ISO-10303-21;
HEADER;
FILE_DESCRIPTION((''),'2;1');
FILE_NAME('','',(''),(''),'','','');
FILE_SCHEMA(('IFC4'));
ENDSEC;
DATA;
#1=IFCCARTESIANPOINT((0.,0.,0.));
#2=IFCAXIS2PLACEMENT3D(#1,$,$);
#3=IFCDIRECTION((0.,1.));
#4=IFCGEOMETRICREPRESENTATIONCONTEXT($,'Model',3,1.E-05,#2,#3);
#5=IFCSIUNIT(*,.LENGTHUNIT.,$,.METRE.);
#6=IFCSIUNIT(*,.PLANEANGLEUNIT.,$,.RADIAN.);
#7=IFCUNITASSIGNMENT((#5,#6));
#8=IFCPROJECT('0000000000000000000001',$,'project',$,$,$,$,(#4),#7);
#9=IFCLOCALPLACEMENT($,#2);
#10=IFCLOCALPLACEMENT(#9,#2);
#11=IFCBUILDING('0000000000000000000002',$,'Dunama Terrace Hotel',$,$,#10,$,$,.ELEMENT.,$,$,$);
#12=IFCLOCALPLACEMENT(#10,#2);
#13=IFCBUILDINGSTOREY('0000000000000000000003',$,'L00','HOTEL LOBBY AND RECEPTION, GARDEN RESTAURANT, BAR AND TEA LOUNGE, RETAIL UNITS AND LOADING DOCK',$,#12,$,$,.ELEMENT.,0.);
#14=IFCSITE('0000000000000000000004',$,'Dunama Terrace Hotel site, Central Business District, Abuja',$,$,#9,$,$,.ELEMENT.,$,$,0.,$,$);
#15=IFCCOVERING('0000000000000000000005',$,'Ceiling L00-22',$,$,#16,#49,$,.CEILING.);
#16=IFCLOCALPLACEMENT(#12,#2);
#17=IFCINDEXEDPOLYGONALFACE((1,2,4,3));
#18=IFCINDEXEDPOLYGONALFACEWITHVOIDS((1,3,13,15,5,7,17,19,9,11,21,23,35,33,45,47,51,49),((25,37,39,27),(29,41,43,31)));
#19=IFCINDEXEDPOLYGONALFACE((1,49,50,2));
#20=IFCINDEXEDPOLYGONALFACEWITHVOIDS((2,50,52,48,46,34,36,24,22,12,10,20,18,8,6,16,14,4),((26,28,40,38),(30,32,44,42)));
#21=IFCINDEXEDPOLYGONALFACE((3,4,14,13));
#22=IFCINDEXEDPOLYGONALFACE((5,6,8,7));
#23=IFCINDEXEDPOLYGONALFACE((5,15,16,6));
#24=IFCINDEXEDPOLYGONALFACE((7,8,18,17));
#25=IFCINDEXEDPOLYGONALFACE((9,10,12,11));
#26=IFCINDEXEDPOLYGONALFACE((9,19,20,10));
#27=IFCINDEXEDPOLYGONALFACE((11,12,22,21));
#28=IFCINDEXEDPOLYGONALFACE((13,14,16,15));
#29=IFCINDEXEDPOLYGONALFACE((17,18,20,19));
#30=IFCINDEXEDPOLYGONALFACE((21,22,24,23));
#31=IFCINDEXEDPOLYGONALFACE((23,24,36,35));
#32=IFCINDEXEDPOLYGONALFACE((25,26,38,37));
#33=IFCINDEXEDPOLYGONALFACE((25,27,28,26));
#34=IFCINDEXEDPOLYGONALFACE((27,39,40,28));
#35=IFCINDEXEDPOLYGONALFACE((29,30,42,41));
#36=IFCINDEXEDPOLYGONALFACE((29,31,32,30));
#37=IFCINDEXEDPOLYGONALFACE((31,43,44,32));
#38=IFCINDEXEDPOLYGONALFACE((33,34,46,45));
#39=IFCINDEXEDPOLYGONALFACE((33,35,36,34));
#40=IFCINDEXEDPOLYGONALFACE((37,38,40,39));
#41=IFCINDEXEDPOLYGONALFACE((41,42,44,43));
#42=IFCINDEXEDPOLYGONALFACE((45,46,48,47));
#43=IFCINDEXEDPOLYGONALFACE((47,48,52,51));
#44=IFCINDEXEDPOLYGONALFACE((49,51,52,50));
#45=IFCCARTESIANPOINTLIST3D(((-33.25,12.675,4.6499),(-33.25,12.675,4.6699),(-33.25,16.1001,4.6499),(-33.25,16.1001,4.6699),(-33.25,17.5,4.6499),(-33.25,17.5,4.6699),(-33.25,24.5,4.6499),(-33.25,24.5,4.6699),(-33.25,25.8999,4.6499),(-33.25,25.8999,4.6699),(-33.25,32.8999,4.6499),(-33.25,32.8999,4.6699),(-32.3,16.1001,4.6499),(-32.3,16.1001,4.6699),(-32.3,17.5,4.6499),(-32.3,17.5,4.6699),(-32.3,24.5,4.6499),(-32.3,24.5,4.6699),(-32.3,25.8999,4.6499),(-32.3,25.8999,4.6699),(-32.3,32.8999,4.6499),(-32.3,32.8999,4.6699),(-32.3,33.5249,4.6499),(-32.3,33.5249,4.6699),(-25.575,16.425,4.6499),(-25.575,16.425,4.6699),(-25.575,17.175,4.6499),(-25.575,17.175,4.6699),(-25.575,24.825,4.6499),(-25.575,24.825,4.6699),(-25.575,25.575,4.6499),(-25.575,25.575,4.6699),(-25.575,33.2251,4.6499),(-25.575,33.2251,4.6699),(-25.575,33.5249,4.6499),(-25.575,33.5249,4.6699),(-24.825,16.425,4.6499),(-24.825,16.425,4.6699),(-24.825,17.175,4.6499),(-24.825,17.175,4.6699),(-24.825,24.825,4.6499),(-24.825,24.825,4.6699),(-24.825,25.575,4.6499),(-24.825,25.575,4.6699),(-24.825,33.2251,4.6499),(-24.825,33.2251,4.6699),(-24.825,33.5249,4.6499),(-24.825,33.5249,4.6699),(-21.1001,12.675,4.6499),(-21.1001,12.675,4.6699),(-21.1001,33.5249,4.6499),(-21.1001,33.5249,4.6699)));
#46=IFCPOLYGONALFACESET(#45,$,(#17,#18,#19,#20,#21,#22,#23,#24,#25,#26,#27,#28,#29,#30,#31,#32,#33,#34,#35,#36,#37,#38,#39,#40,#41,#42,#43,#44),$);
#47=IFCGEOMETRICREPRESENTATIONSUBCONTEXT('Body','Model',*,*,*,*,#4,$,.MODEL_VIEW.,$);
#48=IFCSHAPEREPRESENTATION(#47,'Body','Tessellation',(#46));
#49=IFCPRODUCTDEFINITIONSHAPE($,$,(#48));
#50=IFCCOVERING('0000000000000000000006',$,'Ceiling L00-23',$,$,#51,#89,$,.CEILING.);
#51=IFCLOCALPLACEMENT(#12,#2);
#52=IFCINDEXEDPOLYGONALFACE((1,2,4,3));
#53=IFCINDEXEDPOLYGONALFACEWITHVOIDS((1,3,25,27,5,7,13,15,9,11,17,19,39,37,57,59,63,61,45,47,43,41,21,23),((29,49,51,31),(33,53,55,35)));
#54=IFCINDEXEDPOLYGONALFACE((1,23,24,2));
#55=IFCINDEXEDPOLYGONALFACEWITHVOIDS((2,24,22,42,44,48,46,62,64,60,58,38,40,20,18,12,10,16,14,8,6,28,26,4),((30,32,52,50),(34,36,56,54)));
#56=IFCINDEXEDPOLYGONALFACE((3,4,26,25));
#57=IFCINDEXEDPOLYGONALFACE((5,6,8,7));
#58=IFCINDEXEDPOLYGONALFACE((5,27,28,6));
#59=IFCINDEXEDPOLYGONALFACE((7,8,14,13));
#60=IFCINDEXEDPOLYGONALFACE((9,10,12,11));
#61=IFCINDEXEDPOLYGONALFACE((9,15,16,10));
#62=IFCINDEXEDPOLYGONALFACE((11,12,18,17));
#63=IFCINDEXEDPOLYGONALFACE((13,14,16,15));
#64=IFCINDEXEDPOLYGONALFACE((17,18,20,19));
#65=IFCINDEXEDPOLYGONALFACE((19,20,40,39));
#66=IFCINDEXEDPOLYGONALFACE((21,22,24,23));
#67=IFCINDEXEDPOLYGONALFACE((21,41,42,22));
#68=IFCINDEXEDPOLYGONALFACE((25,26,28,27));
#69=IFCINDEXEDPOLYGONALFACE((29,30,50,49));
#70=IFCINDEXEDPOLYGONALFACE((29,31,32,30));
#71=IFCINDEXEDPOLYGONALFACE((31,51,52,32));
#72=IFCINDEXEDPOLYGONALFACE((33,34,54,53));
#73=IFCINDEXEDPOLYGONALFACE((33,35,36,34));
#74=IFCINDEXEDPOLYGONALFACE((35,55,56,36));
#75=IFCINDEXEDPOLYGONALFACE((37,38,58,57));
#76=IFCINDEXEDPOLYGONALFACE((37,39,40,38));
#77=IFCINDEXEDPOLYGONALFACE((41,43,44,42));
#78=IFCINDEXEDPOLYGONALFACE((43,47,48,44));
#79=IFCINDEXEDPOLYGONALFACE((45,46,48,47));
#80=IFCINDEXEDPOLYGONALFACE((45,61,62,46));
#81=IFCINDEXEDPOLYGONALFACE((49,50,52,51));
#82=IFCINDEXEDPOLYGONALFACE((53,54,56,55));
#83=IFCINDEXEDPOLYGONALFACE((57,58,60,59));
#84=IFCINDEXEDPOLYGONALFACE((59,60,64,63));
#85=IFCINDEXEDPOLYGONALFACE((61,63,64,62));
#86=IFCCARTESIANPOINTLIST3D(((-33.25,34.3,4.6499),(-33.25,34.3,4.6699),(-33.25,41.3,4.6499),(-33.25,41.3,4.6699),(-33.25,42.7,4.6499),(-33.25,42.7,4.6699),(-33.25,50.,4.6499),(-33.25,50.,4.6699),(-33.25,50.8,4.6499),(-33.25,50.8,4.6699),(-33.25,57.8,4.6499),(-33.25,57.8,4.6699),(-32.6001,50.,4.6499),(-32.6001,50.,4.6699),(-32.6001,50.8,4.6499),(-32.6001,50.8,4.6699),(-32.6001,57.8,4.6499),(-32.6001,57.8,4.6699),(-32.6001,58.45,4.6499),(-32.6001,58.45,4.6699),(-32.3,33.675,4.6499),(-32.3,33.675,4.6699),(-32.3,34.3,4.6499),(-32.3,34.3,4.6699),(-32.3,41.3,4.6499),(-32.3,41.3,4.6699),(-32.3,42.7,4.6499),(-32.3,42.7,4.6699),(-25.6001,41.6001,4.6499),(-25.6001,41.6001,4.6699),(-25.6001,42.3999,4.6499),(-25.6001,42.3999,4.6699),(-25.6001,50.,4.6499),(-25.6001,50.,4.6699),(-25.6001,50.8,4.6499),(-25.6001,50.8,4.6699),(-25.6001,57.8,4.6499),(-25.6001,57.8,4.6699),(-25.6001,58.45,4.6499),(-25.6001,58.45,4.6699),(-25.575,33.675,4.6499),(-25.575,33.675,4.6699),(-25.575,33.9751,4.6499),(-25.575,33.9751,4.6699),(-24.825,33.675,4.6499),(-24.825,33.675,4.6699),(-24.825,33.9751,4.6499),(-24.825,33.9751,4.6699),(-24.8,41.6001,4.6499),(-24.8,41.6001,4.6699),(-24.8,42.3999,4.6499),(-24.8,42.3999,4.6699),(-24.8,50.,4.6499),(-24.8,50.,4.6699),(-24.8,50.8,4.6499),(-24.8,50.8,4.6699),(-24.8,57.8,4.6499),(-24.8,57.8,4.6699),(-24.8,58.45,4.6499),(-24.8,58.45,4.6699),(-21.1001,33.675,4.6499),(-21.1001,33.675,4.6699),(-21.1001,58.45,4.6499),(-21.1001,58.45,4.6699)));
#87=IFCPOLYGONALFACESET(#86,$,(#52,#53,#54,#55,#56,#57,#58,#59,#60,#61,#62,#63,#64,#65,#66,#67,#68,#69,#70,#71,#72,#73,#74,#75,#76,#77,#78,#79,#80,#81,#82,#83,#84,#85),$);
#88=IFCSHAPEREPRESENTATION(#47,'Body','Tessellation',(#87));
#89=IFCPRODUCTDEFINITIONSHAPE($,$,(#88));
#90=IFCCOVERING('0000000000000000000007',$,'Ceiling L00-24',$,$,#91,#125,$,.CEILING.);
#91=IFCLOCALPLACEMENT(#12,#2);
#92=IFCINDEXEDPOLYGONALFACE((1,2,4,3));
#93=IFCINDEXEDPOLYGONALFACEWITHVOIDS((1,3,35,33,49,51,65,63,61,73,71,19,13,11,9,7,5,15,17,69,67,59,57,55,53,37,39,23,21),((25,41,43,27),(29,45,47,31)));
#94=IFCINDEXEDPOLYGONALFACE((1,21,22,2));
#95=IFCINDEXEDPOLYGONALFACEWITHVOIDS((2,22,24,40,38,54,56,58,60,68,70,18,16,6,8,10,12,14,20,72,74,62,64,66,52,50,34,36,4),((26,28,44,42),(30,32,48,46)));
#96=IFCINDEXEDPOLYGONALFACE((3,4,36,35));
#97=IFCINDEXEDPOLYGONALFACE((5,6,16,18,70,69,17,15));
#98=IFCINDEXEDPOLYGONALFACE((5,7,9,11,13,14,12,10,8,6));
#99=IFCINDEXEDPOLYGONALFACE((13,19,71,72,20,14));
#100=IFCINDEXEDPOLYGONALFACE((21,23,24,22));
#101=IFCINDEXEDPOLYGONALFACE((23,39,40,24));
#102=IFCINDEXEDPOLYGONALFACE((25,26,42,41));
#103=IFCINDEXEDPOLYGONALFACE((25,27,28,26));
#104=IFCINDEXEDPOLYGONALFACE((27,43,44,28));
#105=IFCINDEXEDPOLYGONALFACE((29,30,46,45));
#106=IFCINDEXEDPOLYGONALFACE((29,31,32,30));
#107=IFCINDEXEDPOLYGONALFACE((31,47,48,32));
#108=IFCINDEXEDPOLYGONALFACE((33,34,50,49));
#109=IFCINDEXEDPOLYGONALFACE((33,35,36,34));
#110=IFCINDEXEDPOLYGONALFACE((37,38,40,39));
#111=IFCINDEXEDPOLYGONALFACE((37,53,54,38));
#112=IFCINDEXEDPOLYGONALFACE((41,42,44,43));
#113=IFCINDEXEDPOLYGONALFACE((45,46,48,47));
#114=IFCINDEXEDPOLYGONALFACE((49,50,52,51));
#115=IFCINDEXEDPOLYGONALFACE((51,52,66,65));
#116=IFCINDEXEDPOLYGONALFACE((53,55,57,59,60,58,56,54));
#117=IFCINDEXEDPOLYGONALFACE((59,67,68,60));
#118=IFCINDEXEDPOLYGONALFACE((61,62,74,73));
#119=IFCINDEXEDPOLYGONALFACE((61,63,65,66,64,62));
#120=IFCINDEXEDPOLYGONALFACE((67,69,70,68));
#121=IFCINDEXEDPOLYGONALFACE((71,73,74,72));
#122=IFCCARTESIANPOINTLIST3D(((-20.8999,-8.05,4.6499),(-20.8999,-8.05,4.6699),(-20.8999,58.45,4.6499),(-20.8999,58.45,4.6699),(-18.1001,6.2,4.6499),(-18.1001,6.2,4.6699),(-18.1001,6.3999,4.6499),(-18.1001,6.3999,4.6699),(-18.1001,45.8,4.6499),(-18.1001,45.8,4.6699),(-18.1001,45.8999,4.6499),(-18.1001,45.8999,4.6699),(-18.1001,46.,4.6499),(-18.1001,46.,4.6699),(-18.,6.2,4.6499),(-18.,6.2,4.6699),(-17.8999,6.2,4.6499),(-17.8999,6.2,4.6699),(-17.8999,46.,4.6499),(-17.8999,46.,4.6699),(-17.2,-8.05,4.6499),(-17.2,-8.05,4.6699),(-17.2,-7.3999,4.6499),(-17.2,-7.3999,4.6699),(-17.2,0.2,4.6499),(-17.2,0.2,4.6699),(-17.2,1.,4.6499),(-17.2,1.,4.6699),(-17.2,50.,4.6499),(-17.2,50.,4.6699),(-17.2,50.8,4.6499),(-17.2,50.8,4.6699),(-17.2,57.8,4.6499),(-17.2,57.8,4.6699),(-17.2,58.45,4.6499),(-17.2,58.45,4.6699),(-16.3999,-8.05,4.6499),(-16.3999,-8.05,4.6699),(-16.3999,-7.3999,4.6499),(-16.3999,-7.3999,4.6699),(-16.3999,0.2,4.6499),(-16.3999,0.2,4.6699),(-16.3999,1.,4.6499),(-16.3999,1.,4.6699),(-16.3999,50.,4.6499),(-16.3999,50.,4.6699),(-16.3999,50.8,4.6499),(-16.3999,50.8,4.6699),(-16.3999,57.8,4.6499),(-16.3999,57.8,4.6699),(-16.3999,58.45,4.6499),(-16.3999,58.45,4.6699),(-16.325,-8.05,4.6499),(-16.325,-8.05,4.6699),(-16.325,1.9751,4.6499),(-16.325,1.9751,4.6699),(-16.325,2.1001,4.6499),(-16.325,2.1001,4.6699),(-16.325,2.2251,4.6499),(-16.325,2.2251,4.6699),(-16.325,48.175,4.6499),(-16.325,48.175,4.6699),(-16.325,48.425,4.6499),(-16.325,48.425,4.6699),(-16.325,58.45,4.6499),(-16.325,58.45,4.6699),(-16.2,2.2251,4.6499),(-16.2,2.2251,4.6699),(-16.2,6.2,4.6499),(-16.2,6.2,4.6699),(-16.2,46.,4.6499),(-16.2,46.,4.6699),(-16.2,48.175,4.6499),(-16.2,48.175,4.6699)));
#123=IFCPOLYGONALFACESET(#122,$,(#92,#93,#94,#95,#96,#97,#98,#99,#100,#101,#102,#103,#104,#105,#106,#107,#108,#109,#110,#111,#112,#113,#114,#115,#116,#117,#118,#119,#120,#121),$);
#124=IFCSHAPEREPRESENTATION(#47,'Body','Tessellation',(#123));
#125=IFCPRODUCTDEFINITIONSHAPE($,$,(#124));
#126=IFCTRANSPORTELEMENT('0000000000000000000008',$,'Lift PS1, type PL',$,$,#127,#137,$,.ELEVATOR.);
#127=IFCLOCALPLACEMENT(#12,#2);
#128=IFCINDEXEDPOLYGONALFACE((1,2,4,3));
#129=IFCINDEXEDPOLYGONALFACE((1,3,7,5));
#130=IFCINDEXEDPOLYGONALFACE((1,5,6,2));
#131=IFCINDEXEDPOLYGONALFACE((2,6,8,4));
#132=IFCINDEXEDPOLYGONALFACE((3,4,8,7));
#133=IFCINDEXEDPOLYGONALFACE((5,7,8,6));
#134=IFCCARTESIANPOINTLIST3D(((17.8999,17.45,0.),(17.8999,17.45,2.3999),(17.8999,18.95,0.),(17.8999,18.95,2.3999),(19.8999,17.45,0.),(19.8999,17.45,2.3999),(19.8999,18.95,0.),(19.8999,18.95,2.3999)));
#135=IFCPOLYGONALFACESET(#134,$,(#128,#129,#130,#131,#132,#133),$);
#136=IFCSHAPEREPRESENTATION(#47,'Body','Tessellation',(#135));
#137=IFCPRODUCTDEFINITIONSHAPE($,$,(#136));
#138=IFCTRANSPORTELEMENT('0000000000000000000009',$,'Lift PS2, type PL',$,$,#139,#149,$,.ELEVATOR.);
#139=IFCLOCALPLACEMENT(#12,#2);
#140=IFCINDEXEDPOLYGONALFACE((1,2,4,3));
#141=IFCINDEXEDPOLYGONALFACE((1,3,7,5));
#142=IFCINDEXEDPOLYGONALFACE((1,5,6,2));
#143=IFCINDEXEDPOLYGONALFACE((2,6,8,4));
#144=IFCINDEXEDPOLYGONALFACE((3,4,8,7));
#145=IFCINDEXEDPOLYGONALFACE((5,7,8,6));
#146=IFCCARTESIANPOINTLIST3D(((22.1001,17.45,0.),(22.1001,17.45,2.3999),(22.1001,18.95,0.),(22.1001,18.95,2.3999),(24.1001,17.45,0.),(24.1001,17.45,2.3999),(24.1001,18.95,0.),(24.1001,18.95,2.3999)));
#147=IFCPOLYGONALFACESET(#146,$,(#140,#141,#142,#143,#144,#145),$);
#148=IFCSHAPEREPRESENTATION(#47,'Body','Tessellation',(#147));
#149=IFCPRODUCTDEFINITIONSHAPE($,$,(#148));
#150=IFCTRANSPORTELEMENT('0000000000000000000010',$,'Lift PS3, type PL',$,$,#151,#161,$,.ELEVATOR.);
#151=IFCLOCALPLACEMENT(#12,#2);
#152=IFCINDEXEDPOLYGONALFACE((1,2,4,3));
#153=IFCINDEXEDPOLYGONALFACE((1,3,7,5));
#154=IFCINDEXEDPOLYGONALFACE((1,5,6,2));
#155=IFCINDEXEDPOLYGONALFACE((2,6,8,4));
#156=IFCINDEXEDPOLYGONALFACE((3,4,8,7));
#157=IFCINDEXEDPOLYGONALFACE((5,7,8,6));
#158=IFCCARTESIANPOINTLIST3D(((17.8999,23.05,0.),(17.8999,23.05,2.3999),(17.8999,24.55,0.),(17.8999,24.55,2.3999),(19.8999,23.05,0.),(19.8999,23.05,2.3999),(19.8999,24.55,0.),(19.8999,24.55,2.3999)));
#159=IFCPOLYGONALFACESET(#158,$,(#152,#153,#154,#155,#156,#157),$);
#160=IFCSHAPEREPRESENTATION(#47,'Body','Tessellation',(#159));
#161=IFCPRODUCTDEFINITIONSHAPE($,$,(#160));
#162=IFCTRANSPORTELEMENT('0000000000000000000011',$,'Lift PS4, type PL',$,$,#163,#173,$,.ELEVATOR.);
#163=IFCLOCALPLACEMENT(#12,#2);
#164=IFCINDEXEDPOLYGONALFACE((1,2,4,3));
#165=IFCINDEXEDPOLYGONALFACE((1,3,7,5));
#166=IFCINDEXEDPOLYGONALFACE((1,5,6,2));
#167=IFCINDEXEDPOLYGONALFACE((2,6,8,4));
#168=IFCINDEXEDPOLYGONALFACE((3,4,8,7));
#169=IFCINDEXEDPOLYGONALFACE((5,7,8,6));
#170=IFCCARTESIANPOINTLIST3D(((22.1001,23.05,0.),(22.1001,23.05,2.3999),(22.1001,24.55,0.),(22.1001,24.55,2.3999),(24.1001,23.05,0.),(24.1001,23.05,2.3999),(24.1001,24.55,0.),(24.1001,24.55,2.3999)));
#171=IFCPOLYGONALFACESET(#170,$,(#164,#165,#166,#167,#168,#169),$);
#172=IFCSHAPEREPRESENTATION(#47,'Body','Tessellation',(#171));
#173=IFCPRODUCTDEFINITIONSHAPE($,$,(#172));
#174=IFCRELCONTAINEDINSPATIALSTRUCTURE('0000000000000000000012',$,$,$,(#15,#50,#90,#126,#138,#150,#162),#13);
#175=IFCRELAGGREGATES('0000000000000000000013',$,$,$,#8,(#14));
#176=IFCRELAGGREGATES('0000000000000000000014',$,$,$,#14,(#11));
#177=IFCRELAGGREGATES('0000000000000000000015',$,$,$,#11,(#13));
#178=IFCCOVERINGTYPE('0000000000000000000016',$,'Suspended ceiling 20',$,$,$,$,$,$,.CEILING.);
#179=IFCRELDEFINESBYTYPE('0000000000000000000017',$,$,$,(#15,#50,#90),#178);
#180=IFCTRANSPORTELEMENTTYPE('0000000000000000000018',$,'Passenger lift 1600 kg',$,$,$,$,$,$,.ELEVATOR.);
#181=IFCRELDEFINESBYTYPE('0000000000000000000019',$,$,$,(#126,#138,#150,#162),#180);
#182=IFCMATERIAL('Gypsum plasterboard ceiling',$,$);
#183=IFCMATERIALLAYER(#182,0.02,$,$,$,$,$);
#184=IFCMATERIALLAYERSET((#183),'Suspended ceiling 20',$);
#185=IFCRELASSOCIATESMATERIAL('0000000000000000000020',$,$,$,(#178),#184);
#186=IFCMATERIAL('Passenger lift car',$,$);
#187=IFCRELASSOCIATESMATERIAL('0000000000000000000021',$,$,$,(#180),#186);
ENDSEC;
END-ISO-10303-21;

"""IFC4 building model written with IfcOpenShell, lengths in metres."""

from ifc_helpers import new_model, si_unit, direction, frame, origin, origin_2d, place, context, subcontext, project, spatial, polyline, rectangle, outline, extrude, material, layer, layer_set, type_object, element, save


model = new_model("IFC4")

# Units and contexts
model_context = context("Model", 3, precision=1e-05, world=origin(), true_north=direction((0.0, 1.0)))
body_context = subcontext(model_context, "Body", "Model", "MODEL_VIEW")
ifc_project = project(units=[si_unit("LENGTHUNIT", "METRE"), si_unit("PLANEANGLEUNIT", "RADIAN")], contexts=[model_context])

# Site, building, storey
site_placement = place(None, origin())
site = spatial("IfcSite", under=ifc_project, at=site_placement, Name="Dunama Terrace Hotel site, Central Business District, Abuja", CompositionType="ELEMENT", RefElevation=0.0)
building_placement = place(site_placement, origin())
building = spatial("IfcBuilding", under=site, at=building_placement, Name="Dunama Terrace Hotel", CompositionType="ELEMENT")
storey_placement = place(building_placement, origin())
storey = spatial("IfcBuildingStorey", under=building, at=storey_placement, Name="L00", Description="HOTEL LOBBY AND RECEPTION, GARDEN RESTAURANT, BAR AND TEA LOUNGE, RETAIL UNITS AND LOADING DOCK", CompositionType="ELEMENT", Elevation=0.0)

# Coverings
ifc_material_1 = material(Name="Gypsum plasterboard ceiling")
ifc_layer_1 = layer(ifc_material_1, 0.02)
ifc_layer_set_1 = layer_set([ifc_layer_1], Name="Suspended ceiling 20")
covering_type_1 = type_object("IfcCoveringType", Name="Suspended ceiling 20", PredefinedType="CEILING", material=ifc_layer_set_1)
covering_1_placement = place(storey_placement, frame((0.0, 0.0, 4.6499)))
element("IfcCovering", 1, at=covering_1_placement, inside=storey, type_object=covering_type_1, Name="Ceiling L00-22", PredefinedType="CEILING", context=body_context, shape_type="SweptSolid", body=[
    extrude(outline(polyline([(-33.25, 25.8999), (-32.3, 25.8999), (-32.3, 24.5), (-33.25, 24.5), (-33.25, 17.5), (-32.3, 17.5), (-32.3, 16.1001), (-33.25, 16.1001), (-33.25, 12.675), (-21.1001, 12.675), (-21.1001, 33.5249), (-24.825, 33.5249), (-24.825, 33.2251), (-25.575, 33.2251), (-25.575, 33.5249), (-32.3, 33.5249), (-32.3, 32.8999), (-33.25, 32.8999), (-33.25, 25.8999)]), holes=[polyline([(-25.575, 17.175), (-24.825, 17.175), (-24.825, 16.425), (-25.575, 16.425), (-25.575, 17.175)]), polyline([(-25.575, 25.575), (-24.825, 25.575), (-24.825, 24.825), (-25.575, 24.825), (-25.575, 25.575)])]), origin(), (0.0, 0.0, 1.0), 0.02),
])
covering_2_placement = place(storey_placement, frame((0.0, 0.0, 4.6499)))
element("IfcCovering", 2, at=covering_2_placement, inside=storey, type_object=covering_type_1, Name="Ceiling L00-23", PredefinedType="CEILING", context=body_context, shape_type="SweptSolid", body=[
    extrude(outline(polyline([(-25.6001, 58.45), (-32.6001, 58.45), (-32.6001, 57.8), (-33.25, 57.8), (-33.25, 50.8), (-32.6001, 50.8), (-32.6001, 50.0), (-33.25, 50.0), (-33.25, 42.7), (-32.3, 42.7), (-32.3, 41.3), (-33.25, 41.3), (-33.25, 34.3), (-32.3, 34.3), (-32.3, 33.675), (-25.575, 33.675), (-25.575, 33.9751), (-24.825, 33.9751), (-24.825, 33.675), (-21.1001, 33.675), (-21.1001, 58.45), (-24.8, 58.45), (-24.8, 57.8), (-25.6001, 57.8), (-25.6001, 58.45)]), holes=[polyline([(-25.6001, 42.3999), (-24.8, 42.3999), (-24.8, 41.6001), (-25.6001, 41.6001), (-25.6001, 42.3999)]), polyline([(-25.6001, 50.8), (-24.8, 50.8), (-24.8, 50.0), (-25.6001, 50.0), (-25.6001, 50.8)])]), origin(), (0.0, 0.0, 1.0), 0.02),
])
covering_3_placement = place(storey_placement, frame((0.0, 0.0, 4.6499)))
element("IfcCovering", 3, at=covering_3_placement, inside=storey, type_object=covering_type_1, Name="Ceiling L00-24", PredefinedType="CEILING", context=body_context, shape_type="SweptSolid", body=[
    extrude(outline(polyline([(-17.8999, 46.0), (-16.2, 46.0), (-16.2, 48.175), (-16.325, 48.175), (-16.325, 48.425), (-16.325, 58.45), (-16.3999, 58.45), (-16.3999, 57.8), (-17.2, 57.8), (-17.2, 58.45), (-20.8999, 58.45), (-20.8999, -8.05), (-17.2, -8.05), (-17.2, -7.3999), (-16.3999, -7.3999), (-16.3999, -8.05), (-16.325, -8.05), (-16.325, 1.9751), (-16.325, 2.1001), (-16.325, 2.2251), (-16.2, 2.2251), (-16.2, 6.2), (-17.8999, 6.2), (-18.0, 6.2), (-18.1001, 6.2), (-18.1001, 6.3999), (-18.1001, 45.8), (-18.1001, 45.8999), (-18.1001, 46.0), (-17.8999, 46.0)]), holes=[polyline([(-17.2, 1.0), (-16.3999, 1.0), (-16.3999, 0.2), (-17.2, 0.2), (-17.2, 1.0)]), polyline([(-17.2, 50.8), (-16.3999, 50.8), (-16.3999, 50.0), (-17.2, 50.0), (-17.2, 50.8)])]), origin(), (0.0, 0.0, 1.0), 0.02),
])

# Transport elements
ifc_material_2 = material(Name="Passenger lift car")
transport_element_type = type_object("IfcTransportElementType", Name="Passenger lift 1600 kg", PredefinedType="ELEVATOR", material=ifc_material_2)
transport_element_1_placement = place(storey_placement, origin())
element("IfcTransportElement", 4, at=transport_element_1_placement, inside=storey, type_object=transport_element_type, Name="Lift PS1, type PL", PredefinedType="ELEVATOR", context=body_context, shape_type="SweptSolid", body=[
    extrude(rectangle(XDim=2.0, YDim=1.5, at=origin_2d()), frame((18.8999, 18.2, 0.0), z_axis=(0.0, 0.0, 1.0), x_axis=(1.0, 0.0, 0.0)), (0.0, 0.0, 1.0), 2.3999),
])
transport_element_2_placement = place(storey_placement, origin())
element("IfcTransportElement", 5, at=transport_element_2_placement, inside=storey, type_object=transport_element_type, Name="Lift PS2, type PL", PredefinedType="ELEVATOR", context=body_context, shape_type="SweptSolid", body=[
    extrude(rectangle(XDim=2.0, YDim=1.5, at=origin_2d()), frame((23.1001, 18.2, 0.0), z_axis=(0.0, 0.0, 1.0), x_axis=(1.0, 0.0, 0.0)), (0.0, 0.0, 1.0), 2.3999),
])
transport_element_3_placement = place(storey_placement, origin())
element("IfcTransportElement", 6, at=transport_element_3_placement, inside=storey, type_object=transport_element_type, Name="Lift PS3, type PL", PredefinedType="ELEVATOR", context=body_context, shape_type="SweptSolid", body=[
    extrude(rectangle(XDim=2.0, YDim=1.5, at=origin_2d()), frame((18.8999, 23.8, 0.0), z_axis=(0.0, 0.0, 1.0), x_axis=(1.0, 0.0, 0.0)), (0.0, 0.0, 1.0), 2.3999),
])
transport_element_4_placement = place(storey_placement, origin())
element("IfcTransportElement", 7, at=transport_element_4_placement, inside=storey, type_object=transport_element_type, Name="Lift PS4, type PL", PredefinedType="ELEVATOR", context=body_context, shape_type="SweptSolid", body=[
    extrude(rectangle(XDim=2.0, YDim=1.5, at=origin_2d()), frame((23.1001, 23.8, 0.0), z_axis=(0.0, 0.0, 1.0), x_axis=(1.0, 0.0, 0.0)), (0.0, 0.0, 1.0), 2.3999),
])

save(model, "model.ifc")
